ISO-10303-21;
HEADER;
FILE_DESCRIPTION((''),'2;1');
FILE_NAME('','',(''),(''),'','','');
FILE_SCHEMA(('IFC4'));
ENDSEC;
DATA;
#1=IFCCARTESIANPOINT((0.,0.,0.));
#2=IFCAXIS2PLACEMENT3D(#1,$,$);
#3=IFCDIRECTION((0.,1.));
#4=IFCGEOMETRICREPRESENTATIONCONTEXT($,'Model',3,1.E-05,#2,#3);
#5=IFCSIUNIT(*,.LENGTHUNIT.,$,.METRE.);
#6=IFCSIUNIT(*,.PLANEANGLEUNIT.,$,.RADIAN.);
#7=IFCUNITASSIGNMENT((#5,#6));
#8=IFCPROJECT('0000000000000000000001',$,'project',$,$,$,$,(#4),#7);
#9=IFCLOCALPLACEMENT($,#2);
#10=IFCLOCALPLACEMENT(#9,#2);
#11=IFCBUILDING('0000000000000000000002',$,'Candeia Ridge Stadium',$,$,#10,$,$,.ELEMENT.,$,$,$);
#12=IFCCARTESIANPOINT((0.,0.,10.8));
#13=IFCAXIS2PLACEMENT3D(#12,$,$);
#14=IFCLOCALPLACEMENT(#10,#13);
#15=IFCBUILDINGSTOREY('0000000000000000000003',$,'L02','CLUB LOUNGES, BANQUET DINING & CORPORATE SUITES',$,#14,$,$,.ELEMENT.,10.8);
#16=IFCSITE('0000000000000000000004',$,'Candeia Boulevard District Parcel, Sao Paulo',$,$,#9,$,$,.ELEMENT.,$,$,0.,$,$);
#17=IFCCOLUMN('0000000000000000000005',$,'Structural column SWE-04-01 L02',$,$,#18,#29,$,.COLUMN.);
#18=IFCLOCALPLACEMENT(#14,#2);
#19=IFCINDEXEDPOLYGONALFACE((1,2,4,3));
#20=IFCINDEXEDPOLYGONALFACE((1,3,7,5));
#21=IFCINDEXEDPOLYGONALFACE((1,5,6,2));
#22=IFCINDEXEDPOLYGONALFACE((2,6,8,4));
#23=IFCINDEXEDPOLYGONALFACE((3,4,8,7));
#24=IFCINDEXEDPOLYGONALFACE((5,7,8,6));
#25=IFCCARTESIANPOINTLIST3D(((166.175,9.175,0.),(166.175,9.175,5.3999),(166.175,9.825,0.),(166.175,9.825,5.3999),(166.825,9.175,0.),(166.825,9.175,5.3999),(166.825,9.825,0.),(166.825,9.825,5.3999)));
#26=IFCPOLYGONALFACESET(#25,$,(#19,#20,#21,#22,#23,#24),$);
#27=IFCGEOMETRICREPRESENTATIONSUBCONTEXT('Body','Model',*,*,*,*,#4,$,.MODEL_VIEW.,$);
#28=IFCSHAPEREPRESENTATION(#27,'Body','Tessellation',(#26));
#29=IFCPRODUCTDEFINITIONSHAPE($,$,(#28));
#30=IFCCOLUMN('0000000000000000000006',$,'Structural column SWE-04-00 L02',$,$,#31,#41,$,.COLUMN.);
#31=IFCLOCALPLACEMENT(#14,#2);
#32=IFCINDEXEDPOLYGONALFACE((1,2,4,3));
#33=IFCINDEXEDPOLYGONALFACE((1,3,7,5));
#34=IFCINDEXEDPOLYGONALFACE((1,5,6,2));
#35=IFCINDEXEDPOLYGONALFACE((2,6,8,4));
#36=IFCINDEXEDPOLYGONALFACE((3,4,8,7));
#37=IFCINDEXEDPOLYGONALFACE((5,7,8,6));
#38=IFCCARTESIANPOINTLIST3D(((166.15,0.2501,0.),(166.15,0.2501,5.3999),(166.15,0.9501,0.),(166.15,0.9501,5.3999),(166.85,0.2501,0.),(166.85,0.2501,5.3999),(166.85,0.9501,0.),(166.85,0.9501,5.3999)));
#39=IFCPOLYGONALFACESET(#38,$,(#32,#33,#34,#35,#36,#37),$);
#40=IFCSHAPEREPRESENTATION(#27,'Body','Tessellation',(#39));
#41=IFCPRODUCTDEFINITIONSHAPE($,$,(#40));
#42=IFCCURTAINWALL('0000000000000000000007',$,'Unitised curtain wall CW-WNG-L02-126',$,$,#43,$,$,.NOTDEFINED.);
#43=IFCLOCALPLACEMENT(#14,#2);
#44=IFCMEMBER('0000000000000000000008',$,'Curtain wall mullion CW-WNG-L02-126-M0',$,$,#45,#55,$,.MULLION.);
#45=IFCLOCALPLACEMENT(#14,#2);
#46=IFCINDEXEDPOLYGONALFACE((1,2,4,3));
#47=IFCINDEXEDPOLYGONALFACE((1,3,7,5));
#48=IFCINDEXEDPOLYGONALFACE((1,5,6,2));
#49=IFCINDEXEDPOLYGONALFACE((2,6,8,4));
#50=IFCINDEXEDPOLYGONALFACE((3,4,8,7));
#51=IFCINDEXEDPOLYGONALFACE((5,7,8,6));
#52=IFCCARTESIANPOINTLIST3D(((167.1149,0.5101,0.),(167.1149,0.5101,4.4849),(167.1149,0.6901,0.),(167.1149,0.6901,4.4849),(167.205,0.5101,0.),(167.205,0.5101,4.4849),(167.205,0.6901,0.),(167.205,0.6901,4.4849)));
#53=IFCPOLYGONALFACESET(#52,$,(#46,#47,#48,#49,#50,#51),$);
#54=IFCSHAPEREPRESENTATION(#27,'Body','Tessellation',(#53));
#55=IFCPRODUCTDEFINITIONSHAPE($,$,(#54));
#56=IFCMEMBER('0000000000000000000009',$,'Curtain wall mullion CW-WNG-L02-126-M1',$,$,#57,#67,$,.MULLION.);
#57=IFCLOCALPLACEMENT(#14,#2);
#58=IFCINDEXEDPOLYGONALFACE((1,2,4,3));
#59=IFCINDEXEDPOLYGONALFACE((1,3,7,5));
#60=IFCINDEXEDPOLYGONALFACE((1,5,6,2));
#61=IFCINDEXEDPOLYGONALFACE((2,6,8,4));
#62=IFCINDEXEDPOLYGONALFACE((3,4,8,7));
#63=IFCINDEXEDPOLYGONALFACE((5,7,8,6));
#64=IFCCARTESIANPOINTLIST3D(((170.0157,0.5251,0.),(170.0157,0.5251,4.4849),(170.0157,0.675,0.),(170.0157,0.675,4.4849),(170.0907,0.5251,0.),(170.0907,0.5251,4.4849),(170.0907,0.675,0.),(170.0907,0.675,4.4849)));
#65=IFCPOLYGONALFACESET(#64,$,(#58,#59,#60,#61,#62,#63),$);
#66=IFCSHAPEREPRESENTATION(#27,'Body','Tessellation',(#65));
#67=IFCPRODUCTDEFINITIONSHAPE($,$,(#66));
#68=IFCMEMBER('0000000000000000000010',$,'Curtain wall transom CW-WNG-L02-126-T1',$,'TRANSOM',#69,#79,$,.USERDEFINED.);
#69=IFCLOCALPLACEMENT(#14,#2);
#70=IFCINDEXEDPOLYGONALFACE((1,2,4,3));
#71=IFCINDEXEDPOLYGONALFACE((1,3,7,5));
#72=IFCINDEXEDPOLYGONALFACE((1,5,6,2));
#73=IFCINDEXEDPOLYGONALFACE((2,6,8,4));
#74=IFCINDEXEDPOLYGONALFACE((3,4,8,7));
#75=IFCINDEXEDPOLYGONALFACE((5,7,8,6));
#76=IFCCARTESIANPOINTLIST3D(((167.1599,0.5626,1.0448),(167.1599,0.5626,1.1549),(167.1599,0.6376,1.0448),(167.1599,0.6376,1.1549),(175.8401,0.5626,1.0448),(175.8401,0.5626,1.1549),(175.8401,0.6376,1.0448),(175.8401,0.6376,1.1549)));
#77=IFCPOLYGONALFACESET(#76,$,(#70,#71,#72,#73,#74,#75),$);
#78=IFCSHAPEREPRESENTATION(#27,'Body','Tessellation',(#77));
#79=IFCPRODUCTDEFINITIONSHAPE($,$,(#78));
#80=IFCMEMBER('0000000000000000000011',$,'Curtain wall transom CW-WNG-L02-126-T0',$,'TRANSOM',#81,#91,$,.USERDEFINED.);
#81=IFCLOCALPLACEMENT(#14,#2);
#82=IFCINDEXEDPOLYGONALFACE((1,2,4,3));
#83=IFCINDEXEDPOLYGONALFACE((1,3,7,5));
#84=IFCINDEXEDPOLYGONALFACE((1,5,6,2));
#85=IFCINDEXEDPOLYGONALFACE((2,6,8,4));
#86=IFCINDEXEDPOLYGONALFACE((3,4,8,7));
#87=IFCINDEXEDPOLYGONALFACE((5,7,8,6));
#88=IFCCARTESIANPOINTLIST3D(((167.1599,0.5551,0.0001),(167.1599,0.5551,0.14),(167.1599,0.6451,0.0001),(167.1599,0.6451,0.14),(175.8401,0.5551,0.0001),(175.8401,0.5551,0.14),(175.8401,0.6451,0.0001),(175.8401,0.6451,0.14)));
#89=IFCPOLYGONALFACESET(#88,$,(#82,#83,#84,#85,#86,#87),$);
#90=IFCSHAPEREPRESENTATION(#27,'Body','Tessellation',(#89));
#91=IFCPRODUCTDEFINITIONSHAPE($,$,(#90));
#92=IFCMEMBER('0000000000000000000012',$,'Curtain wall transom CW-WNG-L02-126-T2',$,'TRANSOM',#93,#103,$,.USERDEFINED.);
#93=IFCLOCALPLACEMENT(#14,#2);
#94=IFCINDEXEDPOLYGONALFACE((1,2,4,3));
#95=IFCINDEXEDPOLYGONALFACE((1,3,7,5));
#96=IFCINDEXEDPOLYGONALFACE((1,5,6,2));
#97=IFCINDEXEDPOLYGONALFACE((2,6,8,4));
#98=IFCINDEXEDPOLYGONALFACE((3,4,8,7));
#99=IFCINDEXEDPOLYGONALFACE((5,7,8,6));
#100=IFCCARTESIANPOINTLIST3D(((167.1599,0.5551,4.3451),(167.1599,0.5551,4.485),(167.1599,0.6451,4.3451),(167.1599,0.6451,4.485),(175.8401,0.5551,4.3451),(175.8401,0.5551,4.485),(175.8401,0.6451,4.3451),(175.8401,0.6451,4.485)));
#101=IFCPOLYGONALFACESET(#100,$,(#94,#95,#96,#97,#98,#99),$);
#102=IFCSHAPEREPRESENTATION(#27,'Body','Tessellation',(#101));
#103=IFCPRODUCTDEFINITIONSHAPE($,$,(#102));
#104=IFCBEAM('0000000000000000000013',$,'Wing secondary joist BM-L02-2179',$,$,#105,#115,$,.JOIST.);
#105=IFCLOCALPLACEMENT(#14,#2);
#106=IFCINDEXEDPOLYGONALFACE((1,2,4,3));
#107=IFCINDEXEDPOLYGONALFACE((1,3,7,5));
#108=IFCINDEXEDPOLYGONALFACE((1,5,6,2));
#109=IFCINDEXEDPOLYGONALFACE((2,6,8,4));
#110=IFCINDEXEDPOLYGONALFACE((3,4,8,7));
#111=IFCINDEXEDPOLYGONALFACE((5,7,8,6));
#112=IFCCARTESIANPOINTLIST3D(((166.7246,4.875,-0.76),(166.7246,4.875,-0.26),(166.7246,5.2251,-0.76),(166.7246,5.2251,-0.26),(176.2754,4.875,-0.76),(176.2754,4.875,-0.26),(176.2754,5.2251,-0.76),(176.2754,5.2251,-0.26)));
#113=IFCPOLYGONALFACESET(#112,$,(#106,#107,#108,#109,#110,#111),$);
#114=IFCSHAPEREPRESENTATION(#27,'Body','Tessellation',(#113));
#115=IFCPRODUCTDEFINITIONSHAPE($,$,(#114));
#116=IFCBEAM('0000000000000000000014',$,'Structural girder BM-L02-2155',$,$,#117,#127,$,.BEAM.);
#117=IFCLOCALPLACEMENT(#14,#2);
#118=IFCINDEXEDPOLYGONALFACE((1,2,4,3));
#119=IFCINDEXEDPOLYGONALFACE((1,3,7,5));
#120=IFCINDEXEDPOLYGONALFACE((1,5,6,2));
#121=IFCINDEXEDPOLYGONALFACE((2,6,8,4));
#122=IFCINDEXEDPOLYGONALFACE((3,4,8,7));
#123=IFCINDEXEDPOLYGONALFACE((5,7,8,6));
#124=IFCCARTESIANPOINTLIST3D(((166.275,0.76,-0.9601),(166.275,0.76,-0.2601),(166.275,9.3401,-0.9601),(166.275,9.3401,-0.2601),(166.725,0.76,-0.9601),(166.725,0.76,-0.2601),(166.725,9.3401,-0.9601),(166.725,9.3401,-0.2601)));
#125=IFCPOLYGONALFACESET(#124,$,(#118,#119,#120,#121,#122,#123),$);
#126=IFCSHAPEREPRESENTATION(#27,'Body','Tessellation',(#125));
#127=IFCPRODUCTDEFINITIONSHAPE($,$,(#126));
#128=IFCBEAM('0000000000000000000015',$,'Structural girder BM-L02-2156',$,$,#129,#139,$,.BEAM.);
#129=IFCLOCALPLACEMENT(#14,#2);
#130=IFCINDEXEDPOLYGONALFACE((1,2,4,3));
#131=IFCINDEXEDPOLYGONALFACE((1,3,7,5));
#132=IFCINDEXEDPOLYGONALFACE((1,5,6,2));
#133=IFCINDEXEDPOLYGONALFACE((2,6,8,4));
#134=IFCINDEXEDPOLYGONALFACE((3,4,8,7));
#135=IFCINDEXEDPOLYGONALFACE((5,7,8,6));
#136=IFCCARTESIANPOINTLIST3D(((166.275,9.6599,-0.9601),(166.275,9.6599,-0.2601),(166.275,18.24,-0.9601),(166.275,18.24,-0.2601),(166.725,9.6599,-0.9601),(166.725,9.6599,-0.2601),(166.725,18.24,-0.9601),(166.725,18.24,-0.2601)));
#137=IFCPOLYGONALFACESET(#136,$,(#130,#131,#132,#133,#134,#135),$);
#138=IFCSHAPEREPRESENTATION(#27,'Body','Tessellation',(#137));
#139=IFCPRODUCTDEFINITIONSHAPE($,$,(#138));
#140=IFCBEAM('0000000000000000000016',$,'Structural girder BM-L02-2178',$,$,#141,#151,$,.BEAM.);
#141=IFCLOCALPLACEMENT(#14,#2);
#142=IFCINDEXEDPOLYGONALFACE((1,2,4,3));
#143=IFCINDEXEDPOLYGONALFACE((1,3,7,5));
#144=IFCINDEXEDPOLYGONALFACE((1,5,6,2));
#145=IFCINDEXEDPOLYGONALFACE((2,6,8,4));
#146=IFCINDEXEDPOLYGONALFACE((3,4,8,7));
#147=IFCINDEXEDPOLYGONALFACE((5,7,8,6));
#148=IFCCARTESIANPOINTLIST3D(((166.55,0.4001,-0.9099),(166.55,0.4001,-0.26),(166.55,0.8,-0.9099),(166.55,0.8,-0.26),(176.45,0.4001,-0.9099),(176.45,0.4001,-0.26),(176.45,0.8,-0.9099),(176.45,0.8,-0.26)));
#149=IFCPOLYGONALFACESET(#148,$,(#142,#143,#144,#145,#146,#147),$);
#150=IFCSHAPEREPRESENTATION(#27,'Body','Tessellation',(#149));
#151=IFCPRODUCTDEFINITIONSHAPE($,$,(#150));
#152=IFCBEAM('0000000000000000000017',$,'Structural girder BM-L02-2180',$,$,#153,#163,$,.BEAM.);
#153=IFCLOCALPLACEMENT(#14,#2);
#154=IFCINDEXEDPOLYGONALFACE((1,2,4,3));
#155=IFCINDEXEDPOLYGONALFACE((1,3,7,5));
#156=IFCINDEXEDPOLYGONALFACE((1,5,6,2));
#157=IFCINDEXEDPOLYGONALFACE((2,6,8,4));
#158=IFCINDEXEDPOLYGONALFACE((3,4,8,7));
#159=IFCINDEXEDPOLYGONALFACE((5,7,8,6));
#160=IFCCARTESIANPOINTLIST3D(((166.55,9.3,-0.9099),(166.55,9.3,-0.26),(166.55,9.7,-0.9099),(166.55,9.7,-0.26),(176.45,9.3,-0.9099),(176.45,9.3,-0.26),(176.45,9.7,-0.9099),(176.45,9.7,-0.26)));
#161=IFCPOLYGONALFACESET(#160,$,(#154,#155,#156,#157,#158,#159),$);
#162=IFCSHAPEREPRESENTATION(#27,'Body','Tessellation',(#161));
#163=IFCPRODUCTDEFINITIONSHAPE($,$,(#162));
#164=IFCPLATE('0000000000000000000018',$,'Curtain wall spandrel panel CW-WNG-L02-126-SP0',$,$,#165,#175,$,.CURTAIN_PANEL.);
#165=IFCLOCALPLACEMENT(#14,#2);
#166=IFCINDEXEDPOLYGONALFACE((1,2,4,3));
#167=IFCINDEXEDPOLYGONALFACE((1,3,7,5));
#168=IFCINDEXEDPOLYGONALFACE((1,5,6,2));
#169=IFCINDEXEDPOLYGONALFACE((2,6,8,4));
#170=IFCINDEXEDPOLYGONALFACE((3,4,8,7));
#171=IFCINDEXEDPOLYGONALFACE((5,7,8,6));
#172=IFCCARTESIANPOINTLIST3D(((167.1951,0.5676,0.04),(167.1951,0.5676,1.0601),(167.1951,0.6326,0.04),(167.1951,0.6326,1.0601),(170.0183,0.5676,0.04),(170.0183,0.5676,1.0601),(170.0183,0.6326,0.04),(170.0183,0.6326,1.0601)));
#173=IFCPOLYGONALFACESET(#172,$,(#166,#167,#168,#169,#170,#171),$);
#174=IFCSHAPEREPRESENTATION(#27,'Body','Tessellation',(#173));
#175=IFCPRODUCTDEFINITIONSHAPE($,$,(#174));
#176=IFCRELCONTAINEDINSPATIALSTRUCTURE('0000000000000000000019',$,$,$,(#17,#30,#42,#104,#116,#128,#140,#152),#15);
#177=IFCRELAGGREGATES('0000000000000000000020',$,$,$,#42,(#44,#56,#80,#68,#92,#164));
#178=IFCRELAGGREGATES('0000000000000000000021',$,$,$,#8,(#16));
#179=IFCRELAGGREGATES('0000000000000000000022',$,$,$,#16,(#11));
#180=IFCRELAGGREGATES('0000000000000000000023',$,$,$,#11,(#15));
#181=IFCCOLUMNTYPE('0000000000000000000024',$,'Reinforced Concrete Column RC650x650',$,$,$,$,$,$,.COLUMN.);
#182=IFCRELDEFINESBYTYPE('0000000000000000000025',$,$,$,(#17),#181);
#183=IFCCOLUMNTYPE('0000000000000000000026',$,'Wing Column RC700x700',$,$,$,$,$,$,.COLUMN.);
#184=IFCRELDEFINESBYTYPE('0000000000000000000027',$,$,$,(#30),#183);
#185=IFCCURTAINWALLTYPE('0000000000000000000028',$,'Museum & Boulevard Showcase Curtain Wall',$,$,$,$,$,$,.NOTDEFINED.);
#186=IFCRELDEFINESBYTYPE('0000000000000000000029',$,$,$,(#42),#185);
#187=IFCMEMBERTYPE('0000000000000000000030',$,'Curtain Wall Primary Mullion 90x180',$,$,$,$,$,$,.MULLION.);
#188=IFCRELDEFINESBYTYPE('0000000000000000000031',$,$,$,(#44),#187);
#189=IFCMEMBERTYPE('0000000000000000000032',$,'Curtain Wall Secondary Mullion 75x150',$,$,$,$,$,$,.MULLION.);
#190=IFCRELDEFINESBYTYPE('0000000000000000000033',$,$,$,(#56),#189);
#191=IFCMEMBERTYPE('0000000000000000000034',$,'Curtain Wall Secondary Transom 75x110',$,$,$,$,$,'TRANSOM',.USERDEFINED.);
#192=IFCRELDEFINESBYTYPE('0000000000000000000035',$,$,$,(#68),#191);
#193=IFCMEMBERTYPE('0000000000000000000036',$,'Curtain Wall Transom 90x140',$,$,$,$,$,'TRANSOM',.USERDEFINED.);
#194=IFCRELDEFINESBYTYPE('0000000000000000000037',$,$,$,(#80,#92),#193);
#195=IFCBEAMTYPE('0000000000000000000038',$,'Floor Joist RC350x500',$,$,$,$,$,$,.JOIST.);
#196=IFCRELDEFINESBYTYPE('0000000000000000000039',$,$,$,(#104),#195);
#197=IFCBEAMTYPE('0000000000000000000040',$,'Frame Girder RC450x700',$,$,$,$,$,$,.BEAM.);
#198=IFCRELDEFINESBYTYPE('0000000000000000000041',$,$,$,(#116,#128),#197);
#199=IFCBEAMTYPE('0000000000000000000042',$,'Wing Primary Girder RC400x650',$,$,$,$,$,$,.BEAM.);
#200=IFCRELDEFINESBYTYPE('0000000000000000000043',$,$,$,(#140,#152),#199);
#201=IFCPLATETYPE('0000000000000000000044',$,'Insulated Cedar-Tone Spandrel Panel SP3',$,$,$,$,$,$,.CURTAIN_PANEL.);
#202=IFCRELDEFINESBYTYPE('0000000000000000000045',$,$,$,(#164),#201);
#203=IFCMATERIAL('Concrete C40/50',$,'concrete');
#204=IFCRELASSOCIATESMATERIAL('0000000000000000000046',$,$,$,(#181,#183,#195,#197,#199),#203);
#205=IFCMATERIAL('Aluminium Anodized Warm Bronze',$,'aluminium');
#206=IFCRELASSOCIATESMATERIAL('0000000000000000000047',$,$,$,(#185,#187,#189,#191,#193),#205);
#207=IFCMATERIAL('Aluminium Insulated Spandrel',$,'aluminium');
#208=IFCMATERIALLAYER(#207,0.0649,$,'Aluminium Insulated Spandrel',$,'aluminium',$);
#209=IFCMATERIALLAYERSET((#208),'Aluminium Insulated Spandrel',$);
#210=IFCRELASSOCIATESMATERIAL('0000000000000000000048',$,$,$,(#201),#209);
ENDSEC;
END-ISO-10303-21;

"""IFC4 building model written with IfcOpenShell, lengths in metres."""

from ifc_helpers import new_model, si_unit, direction, frame, origin, origin_2d, place, context, subcontext, project, spatial, rectangle, extrude, material, layer, layer_set, material_profile, profile_set, type_object, element, aggregate, save


model = new_model("IFC4")

# Units and contexts
model_context = context("Model", 3, precision=1e-05, world=origin(), true_north=direction((0.0, 1.0)))
body_context = subcontext(model_context, "Body", "Model", "MODEL_VIEW")
ifc_project = project(units=[si_unit("LENGTHUNIT", "METRE"), si_unit("PLANEANGLEUNIT", "RADIAN")], contexts=[model_context])

# Site, building, storey
site_placement = place(None, origin())
site = spatial("IfcSite", under=ifc_project, at=site_placement, Name="Candeia Boulevard District Parcel, Sao Paulo", CompositionType="ELEMENT", RefElevation=0.0)
building_placement = place(site_placement, origin())
building = spatial("IfcBuilding", under=site, at=building_placement, Name="Candeia Ridge Stadium", CompositionType="ELEMENT")
storey_placement = place(building_placement, frame((0.0, 0.0, 10.8)))
storey = spatial("IfcBuildingStorey", under=building, at=storey_placement, Name="L02", Description="CLUB LOUNGES, BANQUET DINING & CORPORATE SUITES", CompositionType="ELEMENT", Elevation=10.8)

# Columns
ifc_material_1 = material(Name="Concrete C40/50", Category="concrete")
ifc_material_profile_1 = material_profile(ifc_material_1, rectangle(XDim=0.6499, YDim=0.6499, at=origin_2d()), Name="RC650x650", Category="concrete")
ifc_profile_set_1 = profile_set([ifc_material_profile_1], Name="Concrete C40/50")
column_type_1 = type_object("IfcColumnType", Name="Reinforced Concrete Column RC650x650", PredefinedType="COLUMN", material=ifc_profile_set_1)
column_1_placement = place(storey_placement, frame((166.5, 9.5, 0.0), z_axis=(0.0, 0.0, 1.0), x_axis=(1.0, 0.0, 0.0)))
element("IfcColumn", 1, at=column_1_placement, inside=storey, type_object=column_type_1, Name="Structural column SWE-04-01 L02", PredefinedType="COLUMN", context=body_context, shape_type="SweptSolid", body=[
    extrude(rectangle(XDim=0.6499, YDim=0.6499, at=origin_2d()), origin(), (0.0, 0.0, 1.0), 5.3999),
])
ifc_material_profile_2 = material_profile(ifc_material_1, rectangle(XDim=0.7, YDim=0.7, at=origin_2d()), Name="RC700x700", Category="concrete")
ifc_profile_set_2 = profile_set([ifc_material_profile_2], Name="Concrete C40/50")
column_type_2 = type_object("IfcColumnType", Name="Wing Column RC700x700", PredefinedType="COLUMN", material=ifc_profile_set_2)
column_2_placement = place(storey_placement, frame((166.5, 0.6001, 0.0), z_axis=(0.0, 0.0, 1.0), x_axis=(1.0, 0.0, 0.0)))
element("IfcColumn", 2, at=column_2_placement, inside=storey, type_object=column_type_2, Name="Structural column SWE-04-00 L02", PredefinedType="COLUMN", context=body_context, shape_type="SweptSolid", body=[
    extrude(rectangle(XDim=0.7, YDim=0.7, at=origin_2d()), origin(), (0.0, 0.0, 1.0), 5.3999),
])

# Curtain wall, members
ifc_material_2 = material(Name="Aluminium Anodized Warm Bronze", Category="aluminium")
curtain_wall_type = type_object("IfcCurtainWallType", Name="Museum & Boulevard Showcase Curtain Wall", PredefinedType="NOTDEFINED", material=ifc_material_2)
curtain_wall_placement = place(storey_placement, origin())
curtain_wall = element("IfcCurtainWall", 3, at=curtain_wall_placement, inside=storey, type_object=curtain_wall_type, Name="Unitised curtain wall CW-WNG-L02-126", PredefinedType="NOTDEFINED")
ifc_material_profile_3 = material_profile(ifc_material_2, rectangle(XDim=0.0901, YDim=0.1799, at=origin_2d()), Name="CWM-90x180", Category="aluminium")
ifc_profile_set_3 = profile_set([ifc_material_profile_3], Name="Aluminium Anodized Warm Bronze")
member_type_1 = type_object("IfcMemberType", Name="Curtain Wall Primary Mullion 90x180", PredefinedType="MULLION", material=ifc_profile_set_3)
member_1_placement = place(storey_placement, frame((167.1599, 0.6001, 0.0), z_axis=(0.0, 0.0, 1.0), x_axis=(1.0, 0.0, 0.0)))
member_1 = element("IfcMember", 4, at=member_1_placement, type_object=member_type_1, Name="Curtain wall mullion CW-WNG-L02-126-M0", PredefinedType="MULLION", context=body_context, shape_type="SweptSolid", body=[
    extrude(rectangle(XDim=0.0901, YDim=0.1799, at=origin_2d()), origin(), (0.0, 0.0, 1.0), 4.4849),
])
ifc_material_profile_4 = material_profile(ifc_material_2, rectangle(XDim=0.075, YDim=0.1499, at=origin_2d()), Name="CWM-75x150", Category="aluminium")
ifc_profile_set_4 = profile_set([ifc_material_profile_4], Name="Aluminium Anodized Warm Bronze")
member_type_2 = type_object("IfcMemberType", Name="Curtain Wall Secondary Mullion 75x150", PredefinedType="MULLION", material=ifc_profile_set_4)
member_2_placement = place(storey_placement, frame((170.0532, 0.6001, 0.0), z_axis=(0.0, 0.0, 1.0), x_axis=(1.0, 0.0, 0.0)))
member_2 = element("IfcMember", 5, at=member_2_placement, type_object=member_type_2, Name="Curtain wall mullion CW-WNG-L02-126-M1", PredefinedType="MULLION", context=body_context, shape_type="SweptSolid", body=[
    extrude(rectangle(XDim=0.075, YDim=0.1499, at=origin_2d()), origin(), (0.0, 0.0, 1.0), 4.4849),
])
ifc_material_profile_5 = material_profile(ifc_material_2, rectangle(XDim=0.075, YDim=0.1101, at=origin_2d()), Name="CWT-75x110", Category="aluminium")
ifc_profile_set_5 = profile_set([ifc_material_profile_5], Name="Aluminium Anodized Warm Bronze")
member_type_3 = type_object("IfcMemberType", Name="Curtain Wall Secondary Transom 75x110", ElementType="TRANSOM", PredefinedType="USERDEFINED", material=ifc_profile_set_5)
member_3_placement = place(storey_placement, frame((167.1599, 0.6001, 1.0999), z_axis=(1.0, 0.0, 0.0), x_axis=(0.0, 1.0, 0.0)))
member_3 = element("IfcMember", 6, at=member_3_placement, type_object=member_type_3, Name="Curtain wall transom CW-WNG-L02-126-T1", ObjectType="TRANSOM", PredefinedType="USERDEFINED", context=body_context, shape_type="SweptSolid", body=[
    extrude(rectangle(XDim=0.075, YDim=0.1101, at=origin_2d()), origin(), (0.0, 0.0, 1.0), 8.6802),
])
ifc_material_profile_6 = material_profile(ifc_material_2, rectangle(XDim=0.0901, YDim=0.1399, at=origin_2d()), Name="CWT-90x140", Category="aluminium")
ifc_profile_set_6 = profile_set([ifc_material_profile_6], Name="Aluminium Anodized Warm Bronze")
member_type_4 = type_object("IfcMemberType", Name="Curtain Wall Transom 90x140", ElementType="TRANSOM", PredefinedType="USERDEFINED", material=ifc_profile_set_6)
member_4_placement = place(storey_placement, frame((167.1599, 0.6001, 0.0701), z_axis=(1.0, 0.0, 0.0), x_axis=(0.0, 1.0, 0.0)))
member_4 = element("IfcMember", 7, at=member_4_placement, type_object=member_type_4, Name="Curtain wall transom CW-WNG-L02-126-T0", ObjectType="TRANSOM", PredefinedType="USERDEFINED", context=body_context, shape_type="SweptSolid", body=[
    extrude(rectangle(XDim=0.0901, YDim=0.1399, at=origin_2d()), origin(), (0.0, 0.0, 1.0), 8.6802),
])
member_5_placement = place(storey_placement, frame((167.1599, 0.6001, 4.415), z_axis=(1.0, 0.0, 0.0), x_axis=(0.0, 1.0, 0.0)))
member_5 = element("IfcMember", 8, at=member_5_placement, type_object=member_type_4, Name="Curtain wall transom CW-WNG-L02-126-T2", ObjectType="TRANSOM", PredefinedType="USERDEFINED", context=body_context, shape_type="SweptSolid", body=[
    extrude(rectangle(XDim=0.0901, YDim=0.1399, at=origin_2d()), origin(), (0.0, 0.0, 1.0), 8.6802),
])

# Beams
ifc_material_profile_7 = material_profile(ifc_material_1, rectangle(XDim=0.3501, YDim=0.5, at=origin_2d()), Name="RC350x500", Category="concrete")
ifc_profile_set_7 = profile_set([ifc_material_profile_7], Name="Concrete C40/50")
beam_type_1 = type_object("IfcBeamType", Name="Floor Joist RC350x500", PredefinedType="JOIST", material=ifc_profile_set_7)
beam_placement = place(storey_placement, frame((166.7246, 5.05, -0.51), z_axis=(1.0, 0.0, 0.0), x_axis=(0.0, 1.0, 0.0)))
element("IfcBeam", 9, at=beam_placement, inside=storey, type_object=beam_type_1, Name="Wing secondary joist BM-L02-2179", PredefinedType="JOIST", context=body_context, shape_type="SweptSolid", body=[
    extrude(rectangle(XDim=0.3501, YDim=0.5, at=origin_2d()), origin(), (0.0, 0.0, 1.0), 9.5508),
])
ifc_material_profile_8 = material_profile(ifc_material_1, rectangle(XDim=0.45, YDim=0.7, at=origin_2d()), Name="RC450x700", Category="concrete")
ifc_profile_set_8 = profile_set([ifc_material_profile_8], Name="Concrete C40/50")
beam_type_2 = type_object("IfcBeamType", Name="Frame Girder RC450x700", PredefinedType="BEAM", material=ifc_profile_set_8)
for number, where, z_axis, x_axis, name in (
    (10, (166.5, 0.76, -0.6101), (0.0, 1.0, 0.0), (-1.0, 0.0, 0.0), "Structural girder BM-L02-2155"),
    (11, (166.5, 9.6599, -0.6101), (0.0, 1.0, 0.0), (-1.0, 0.0, 0.0), "Structural girder BM-L02-2156"),
):
    element("IfcBeam", number, at=place(storey_placement, frame(where, z_axis=z_axis, x_axis=x_axis)), inside=storey, type_object=beam_type_2, Name=name, PredefinedType="BEAM", context=body_context, shape_type="SweptSolid", body=[
        extrude(rectangle(XDim=0.45, YDim=0.7, at=origin_2d()), origin(), (0.0, 0.0, 1.0), 8.5801),
    ])
ifc_material_profile_9 = material_profile(ifc_material_1, rectangle(XDim=0.3999, YDim=0.6499, at=origin_2d()), Name="RC400x650", Category="concrete")
ifc_profile_set_9 = profile_set([ifc_material_profile_9], Name="Concrete C40/50")
beam_type_3 = type_object("IfcBeamType", Name="Wing Primary Girder RC400x650", PredefinedType="BEAM", material=ifc_profile_set_9)
for number, where, z_axis, x_axis, name in (
    (12, (166.55, 0.6001, -0.585), (1.0, 0.0, 0.0), (0.0, 1.0, 0.0), "Structural girder BM-L02-2178"),
    (13, (166.55, 9.5, -0.585), (1.0, 0.0, 0.0), (0.0, 1.0, 0.0), "Structural girder BM-L02-2180"),
):
    element("IfcBeam", number, at=place(storey_placement, frame(where, z_axis=z_axis, x_axis=x_axis)), inside=storey, type_object=beam_type_3, Name=name, PredefinedType="BEAM", context=body_context, shape_type="SweptSolid", body=[
        extrude(rectangle(XDim=0.3999, YDim=0.6499, at=origin_2d()), origin(), (0.0, 0.0, 1.0), 9.8999),
    ])

# Plate
ifc_material_3 = material(Name="Aluminium Insulated Spandrel", Category="aluminium")
ifc_layer_1 = layer(ifc_material_3, 0.0649, Name="Aluminium Insulated Spandrel", Category="aluminium")
ifc_layer_set_1 = layer_set([ifc_layer_1], Name="Aluminium Insulated Spandrel")
plate_type_1 = type_object("IfcPlateType", Name="Insulated Cedar-Tone Spandrel Panel SP3", PredefinedType="CURTAIN_PANEL", material=ifc_layer_set_1)
plate_1_placement = place(storey_placement, frame((168.6067, 0.6001, 0.04), z_axis=(0.0, 0.0, 1.0), x_axis=(1.0, 0.0, 0.0)))
plate_1 = element("IfcPlate", 14, at=plate_1_placement, type_object=plate_type_1, Name="Curtain wall spandrel panel CW-WNG-L02-126-SP0", PredefinedType="CURTAIN_PANEL", context=body_context, shape_type="SweptSolid", body=[
    extrude(rectangle(XDim=2.8232, YDim=0.0649, at=origin_2d()), origin(), (0.0, 0.0, 1.0), 1.02),
])
aggregate(curtain_wall, [member_1, member_2, member_4, member_3, member_5, plate_1])

save(model, "model.ifc")
